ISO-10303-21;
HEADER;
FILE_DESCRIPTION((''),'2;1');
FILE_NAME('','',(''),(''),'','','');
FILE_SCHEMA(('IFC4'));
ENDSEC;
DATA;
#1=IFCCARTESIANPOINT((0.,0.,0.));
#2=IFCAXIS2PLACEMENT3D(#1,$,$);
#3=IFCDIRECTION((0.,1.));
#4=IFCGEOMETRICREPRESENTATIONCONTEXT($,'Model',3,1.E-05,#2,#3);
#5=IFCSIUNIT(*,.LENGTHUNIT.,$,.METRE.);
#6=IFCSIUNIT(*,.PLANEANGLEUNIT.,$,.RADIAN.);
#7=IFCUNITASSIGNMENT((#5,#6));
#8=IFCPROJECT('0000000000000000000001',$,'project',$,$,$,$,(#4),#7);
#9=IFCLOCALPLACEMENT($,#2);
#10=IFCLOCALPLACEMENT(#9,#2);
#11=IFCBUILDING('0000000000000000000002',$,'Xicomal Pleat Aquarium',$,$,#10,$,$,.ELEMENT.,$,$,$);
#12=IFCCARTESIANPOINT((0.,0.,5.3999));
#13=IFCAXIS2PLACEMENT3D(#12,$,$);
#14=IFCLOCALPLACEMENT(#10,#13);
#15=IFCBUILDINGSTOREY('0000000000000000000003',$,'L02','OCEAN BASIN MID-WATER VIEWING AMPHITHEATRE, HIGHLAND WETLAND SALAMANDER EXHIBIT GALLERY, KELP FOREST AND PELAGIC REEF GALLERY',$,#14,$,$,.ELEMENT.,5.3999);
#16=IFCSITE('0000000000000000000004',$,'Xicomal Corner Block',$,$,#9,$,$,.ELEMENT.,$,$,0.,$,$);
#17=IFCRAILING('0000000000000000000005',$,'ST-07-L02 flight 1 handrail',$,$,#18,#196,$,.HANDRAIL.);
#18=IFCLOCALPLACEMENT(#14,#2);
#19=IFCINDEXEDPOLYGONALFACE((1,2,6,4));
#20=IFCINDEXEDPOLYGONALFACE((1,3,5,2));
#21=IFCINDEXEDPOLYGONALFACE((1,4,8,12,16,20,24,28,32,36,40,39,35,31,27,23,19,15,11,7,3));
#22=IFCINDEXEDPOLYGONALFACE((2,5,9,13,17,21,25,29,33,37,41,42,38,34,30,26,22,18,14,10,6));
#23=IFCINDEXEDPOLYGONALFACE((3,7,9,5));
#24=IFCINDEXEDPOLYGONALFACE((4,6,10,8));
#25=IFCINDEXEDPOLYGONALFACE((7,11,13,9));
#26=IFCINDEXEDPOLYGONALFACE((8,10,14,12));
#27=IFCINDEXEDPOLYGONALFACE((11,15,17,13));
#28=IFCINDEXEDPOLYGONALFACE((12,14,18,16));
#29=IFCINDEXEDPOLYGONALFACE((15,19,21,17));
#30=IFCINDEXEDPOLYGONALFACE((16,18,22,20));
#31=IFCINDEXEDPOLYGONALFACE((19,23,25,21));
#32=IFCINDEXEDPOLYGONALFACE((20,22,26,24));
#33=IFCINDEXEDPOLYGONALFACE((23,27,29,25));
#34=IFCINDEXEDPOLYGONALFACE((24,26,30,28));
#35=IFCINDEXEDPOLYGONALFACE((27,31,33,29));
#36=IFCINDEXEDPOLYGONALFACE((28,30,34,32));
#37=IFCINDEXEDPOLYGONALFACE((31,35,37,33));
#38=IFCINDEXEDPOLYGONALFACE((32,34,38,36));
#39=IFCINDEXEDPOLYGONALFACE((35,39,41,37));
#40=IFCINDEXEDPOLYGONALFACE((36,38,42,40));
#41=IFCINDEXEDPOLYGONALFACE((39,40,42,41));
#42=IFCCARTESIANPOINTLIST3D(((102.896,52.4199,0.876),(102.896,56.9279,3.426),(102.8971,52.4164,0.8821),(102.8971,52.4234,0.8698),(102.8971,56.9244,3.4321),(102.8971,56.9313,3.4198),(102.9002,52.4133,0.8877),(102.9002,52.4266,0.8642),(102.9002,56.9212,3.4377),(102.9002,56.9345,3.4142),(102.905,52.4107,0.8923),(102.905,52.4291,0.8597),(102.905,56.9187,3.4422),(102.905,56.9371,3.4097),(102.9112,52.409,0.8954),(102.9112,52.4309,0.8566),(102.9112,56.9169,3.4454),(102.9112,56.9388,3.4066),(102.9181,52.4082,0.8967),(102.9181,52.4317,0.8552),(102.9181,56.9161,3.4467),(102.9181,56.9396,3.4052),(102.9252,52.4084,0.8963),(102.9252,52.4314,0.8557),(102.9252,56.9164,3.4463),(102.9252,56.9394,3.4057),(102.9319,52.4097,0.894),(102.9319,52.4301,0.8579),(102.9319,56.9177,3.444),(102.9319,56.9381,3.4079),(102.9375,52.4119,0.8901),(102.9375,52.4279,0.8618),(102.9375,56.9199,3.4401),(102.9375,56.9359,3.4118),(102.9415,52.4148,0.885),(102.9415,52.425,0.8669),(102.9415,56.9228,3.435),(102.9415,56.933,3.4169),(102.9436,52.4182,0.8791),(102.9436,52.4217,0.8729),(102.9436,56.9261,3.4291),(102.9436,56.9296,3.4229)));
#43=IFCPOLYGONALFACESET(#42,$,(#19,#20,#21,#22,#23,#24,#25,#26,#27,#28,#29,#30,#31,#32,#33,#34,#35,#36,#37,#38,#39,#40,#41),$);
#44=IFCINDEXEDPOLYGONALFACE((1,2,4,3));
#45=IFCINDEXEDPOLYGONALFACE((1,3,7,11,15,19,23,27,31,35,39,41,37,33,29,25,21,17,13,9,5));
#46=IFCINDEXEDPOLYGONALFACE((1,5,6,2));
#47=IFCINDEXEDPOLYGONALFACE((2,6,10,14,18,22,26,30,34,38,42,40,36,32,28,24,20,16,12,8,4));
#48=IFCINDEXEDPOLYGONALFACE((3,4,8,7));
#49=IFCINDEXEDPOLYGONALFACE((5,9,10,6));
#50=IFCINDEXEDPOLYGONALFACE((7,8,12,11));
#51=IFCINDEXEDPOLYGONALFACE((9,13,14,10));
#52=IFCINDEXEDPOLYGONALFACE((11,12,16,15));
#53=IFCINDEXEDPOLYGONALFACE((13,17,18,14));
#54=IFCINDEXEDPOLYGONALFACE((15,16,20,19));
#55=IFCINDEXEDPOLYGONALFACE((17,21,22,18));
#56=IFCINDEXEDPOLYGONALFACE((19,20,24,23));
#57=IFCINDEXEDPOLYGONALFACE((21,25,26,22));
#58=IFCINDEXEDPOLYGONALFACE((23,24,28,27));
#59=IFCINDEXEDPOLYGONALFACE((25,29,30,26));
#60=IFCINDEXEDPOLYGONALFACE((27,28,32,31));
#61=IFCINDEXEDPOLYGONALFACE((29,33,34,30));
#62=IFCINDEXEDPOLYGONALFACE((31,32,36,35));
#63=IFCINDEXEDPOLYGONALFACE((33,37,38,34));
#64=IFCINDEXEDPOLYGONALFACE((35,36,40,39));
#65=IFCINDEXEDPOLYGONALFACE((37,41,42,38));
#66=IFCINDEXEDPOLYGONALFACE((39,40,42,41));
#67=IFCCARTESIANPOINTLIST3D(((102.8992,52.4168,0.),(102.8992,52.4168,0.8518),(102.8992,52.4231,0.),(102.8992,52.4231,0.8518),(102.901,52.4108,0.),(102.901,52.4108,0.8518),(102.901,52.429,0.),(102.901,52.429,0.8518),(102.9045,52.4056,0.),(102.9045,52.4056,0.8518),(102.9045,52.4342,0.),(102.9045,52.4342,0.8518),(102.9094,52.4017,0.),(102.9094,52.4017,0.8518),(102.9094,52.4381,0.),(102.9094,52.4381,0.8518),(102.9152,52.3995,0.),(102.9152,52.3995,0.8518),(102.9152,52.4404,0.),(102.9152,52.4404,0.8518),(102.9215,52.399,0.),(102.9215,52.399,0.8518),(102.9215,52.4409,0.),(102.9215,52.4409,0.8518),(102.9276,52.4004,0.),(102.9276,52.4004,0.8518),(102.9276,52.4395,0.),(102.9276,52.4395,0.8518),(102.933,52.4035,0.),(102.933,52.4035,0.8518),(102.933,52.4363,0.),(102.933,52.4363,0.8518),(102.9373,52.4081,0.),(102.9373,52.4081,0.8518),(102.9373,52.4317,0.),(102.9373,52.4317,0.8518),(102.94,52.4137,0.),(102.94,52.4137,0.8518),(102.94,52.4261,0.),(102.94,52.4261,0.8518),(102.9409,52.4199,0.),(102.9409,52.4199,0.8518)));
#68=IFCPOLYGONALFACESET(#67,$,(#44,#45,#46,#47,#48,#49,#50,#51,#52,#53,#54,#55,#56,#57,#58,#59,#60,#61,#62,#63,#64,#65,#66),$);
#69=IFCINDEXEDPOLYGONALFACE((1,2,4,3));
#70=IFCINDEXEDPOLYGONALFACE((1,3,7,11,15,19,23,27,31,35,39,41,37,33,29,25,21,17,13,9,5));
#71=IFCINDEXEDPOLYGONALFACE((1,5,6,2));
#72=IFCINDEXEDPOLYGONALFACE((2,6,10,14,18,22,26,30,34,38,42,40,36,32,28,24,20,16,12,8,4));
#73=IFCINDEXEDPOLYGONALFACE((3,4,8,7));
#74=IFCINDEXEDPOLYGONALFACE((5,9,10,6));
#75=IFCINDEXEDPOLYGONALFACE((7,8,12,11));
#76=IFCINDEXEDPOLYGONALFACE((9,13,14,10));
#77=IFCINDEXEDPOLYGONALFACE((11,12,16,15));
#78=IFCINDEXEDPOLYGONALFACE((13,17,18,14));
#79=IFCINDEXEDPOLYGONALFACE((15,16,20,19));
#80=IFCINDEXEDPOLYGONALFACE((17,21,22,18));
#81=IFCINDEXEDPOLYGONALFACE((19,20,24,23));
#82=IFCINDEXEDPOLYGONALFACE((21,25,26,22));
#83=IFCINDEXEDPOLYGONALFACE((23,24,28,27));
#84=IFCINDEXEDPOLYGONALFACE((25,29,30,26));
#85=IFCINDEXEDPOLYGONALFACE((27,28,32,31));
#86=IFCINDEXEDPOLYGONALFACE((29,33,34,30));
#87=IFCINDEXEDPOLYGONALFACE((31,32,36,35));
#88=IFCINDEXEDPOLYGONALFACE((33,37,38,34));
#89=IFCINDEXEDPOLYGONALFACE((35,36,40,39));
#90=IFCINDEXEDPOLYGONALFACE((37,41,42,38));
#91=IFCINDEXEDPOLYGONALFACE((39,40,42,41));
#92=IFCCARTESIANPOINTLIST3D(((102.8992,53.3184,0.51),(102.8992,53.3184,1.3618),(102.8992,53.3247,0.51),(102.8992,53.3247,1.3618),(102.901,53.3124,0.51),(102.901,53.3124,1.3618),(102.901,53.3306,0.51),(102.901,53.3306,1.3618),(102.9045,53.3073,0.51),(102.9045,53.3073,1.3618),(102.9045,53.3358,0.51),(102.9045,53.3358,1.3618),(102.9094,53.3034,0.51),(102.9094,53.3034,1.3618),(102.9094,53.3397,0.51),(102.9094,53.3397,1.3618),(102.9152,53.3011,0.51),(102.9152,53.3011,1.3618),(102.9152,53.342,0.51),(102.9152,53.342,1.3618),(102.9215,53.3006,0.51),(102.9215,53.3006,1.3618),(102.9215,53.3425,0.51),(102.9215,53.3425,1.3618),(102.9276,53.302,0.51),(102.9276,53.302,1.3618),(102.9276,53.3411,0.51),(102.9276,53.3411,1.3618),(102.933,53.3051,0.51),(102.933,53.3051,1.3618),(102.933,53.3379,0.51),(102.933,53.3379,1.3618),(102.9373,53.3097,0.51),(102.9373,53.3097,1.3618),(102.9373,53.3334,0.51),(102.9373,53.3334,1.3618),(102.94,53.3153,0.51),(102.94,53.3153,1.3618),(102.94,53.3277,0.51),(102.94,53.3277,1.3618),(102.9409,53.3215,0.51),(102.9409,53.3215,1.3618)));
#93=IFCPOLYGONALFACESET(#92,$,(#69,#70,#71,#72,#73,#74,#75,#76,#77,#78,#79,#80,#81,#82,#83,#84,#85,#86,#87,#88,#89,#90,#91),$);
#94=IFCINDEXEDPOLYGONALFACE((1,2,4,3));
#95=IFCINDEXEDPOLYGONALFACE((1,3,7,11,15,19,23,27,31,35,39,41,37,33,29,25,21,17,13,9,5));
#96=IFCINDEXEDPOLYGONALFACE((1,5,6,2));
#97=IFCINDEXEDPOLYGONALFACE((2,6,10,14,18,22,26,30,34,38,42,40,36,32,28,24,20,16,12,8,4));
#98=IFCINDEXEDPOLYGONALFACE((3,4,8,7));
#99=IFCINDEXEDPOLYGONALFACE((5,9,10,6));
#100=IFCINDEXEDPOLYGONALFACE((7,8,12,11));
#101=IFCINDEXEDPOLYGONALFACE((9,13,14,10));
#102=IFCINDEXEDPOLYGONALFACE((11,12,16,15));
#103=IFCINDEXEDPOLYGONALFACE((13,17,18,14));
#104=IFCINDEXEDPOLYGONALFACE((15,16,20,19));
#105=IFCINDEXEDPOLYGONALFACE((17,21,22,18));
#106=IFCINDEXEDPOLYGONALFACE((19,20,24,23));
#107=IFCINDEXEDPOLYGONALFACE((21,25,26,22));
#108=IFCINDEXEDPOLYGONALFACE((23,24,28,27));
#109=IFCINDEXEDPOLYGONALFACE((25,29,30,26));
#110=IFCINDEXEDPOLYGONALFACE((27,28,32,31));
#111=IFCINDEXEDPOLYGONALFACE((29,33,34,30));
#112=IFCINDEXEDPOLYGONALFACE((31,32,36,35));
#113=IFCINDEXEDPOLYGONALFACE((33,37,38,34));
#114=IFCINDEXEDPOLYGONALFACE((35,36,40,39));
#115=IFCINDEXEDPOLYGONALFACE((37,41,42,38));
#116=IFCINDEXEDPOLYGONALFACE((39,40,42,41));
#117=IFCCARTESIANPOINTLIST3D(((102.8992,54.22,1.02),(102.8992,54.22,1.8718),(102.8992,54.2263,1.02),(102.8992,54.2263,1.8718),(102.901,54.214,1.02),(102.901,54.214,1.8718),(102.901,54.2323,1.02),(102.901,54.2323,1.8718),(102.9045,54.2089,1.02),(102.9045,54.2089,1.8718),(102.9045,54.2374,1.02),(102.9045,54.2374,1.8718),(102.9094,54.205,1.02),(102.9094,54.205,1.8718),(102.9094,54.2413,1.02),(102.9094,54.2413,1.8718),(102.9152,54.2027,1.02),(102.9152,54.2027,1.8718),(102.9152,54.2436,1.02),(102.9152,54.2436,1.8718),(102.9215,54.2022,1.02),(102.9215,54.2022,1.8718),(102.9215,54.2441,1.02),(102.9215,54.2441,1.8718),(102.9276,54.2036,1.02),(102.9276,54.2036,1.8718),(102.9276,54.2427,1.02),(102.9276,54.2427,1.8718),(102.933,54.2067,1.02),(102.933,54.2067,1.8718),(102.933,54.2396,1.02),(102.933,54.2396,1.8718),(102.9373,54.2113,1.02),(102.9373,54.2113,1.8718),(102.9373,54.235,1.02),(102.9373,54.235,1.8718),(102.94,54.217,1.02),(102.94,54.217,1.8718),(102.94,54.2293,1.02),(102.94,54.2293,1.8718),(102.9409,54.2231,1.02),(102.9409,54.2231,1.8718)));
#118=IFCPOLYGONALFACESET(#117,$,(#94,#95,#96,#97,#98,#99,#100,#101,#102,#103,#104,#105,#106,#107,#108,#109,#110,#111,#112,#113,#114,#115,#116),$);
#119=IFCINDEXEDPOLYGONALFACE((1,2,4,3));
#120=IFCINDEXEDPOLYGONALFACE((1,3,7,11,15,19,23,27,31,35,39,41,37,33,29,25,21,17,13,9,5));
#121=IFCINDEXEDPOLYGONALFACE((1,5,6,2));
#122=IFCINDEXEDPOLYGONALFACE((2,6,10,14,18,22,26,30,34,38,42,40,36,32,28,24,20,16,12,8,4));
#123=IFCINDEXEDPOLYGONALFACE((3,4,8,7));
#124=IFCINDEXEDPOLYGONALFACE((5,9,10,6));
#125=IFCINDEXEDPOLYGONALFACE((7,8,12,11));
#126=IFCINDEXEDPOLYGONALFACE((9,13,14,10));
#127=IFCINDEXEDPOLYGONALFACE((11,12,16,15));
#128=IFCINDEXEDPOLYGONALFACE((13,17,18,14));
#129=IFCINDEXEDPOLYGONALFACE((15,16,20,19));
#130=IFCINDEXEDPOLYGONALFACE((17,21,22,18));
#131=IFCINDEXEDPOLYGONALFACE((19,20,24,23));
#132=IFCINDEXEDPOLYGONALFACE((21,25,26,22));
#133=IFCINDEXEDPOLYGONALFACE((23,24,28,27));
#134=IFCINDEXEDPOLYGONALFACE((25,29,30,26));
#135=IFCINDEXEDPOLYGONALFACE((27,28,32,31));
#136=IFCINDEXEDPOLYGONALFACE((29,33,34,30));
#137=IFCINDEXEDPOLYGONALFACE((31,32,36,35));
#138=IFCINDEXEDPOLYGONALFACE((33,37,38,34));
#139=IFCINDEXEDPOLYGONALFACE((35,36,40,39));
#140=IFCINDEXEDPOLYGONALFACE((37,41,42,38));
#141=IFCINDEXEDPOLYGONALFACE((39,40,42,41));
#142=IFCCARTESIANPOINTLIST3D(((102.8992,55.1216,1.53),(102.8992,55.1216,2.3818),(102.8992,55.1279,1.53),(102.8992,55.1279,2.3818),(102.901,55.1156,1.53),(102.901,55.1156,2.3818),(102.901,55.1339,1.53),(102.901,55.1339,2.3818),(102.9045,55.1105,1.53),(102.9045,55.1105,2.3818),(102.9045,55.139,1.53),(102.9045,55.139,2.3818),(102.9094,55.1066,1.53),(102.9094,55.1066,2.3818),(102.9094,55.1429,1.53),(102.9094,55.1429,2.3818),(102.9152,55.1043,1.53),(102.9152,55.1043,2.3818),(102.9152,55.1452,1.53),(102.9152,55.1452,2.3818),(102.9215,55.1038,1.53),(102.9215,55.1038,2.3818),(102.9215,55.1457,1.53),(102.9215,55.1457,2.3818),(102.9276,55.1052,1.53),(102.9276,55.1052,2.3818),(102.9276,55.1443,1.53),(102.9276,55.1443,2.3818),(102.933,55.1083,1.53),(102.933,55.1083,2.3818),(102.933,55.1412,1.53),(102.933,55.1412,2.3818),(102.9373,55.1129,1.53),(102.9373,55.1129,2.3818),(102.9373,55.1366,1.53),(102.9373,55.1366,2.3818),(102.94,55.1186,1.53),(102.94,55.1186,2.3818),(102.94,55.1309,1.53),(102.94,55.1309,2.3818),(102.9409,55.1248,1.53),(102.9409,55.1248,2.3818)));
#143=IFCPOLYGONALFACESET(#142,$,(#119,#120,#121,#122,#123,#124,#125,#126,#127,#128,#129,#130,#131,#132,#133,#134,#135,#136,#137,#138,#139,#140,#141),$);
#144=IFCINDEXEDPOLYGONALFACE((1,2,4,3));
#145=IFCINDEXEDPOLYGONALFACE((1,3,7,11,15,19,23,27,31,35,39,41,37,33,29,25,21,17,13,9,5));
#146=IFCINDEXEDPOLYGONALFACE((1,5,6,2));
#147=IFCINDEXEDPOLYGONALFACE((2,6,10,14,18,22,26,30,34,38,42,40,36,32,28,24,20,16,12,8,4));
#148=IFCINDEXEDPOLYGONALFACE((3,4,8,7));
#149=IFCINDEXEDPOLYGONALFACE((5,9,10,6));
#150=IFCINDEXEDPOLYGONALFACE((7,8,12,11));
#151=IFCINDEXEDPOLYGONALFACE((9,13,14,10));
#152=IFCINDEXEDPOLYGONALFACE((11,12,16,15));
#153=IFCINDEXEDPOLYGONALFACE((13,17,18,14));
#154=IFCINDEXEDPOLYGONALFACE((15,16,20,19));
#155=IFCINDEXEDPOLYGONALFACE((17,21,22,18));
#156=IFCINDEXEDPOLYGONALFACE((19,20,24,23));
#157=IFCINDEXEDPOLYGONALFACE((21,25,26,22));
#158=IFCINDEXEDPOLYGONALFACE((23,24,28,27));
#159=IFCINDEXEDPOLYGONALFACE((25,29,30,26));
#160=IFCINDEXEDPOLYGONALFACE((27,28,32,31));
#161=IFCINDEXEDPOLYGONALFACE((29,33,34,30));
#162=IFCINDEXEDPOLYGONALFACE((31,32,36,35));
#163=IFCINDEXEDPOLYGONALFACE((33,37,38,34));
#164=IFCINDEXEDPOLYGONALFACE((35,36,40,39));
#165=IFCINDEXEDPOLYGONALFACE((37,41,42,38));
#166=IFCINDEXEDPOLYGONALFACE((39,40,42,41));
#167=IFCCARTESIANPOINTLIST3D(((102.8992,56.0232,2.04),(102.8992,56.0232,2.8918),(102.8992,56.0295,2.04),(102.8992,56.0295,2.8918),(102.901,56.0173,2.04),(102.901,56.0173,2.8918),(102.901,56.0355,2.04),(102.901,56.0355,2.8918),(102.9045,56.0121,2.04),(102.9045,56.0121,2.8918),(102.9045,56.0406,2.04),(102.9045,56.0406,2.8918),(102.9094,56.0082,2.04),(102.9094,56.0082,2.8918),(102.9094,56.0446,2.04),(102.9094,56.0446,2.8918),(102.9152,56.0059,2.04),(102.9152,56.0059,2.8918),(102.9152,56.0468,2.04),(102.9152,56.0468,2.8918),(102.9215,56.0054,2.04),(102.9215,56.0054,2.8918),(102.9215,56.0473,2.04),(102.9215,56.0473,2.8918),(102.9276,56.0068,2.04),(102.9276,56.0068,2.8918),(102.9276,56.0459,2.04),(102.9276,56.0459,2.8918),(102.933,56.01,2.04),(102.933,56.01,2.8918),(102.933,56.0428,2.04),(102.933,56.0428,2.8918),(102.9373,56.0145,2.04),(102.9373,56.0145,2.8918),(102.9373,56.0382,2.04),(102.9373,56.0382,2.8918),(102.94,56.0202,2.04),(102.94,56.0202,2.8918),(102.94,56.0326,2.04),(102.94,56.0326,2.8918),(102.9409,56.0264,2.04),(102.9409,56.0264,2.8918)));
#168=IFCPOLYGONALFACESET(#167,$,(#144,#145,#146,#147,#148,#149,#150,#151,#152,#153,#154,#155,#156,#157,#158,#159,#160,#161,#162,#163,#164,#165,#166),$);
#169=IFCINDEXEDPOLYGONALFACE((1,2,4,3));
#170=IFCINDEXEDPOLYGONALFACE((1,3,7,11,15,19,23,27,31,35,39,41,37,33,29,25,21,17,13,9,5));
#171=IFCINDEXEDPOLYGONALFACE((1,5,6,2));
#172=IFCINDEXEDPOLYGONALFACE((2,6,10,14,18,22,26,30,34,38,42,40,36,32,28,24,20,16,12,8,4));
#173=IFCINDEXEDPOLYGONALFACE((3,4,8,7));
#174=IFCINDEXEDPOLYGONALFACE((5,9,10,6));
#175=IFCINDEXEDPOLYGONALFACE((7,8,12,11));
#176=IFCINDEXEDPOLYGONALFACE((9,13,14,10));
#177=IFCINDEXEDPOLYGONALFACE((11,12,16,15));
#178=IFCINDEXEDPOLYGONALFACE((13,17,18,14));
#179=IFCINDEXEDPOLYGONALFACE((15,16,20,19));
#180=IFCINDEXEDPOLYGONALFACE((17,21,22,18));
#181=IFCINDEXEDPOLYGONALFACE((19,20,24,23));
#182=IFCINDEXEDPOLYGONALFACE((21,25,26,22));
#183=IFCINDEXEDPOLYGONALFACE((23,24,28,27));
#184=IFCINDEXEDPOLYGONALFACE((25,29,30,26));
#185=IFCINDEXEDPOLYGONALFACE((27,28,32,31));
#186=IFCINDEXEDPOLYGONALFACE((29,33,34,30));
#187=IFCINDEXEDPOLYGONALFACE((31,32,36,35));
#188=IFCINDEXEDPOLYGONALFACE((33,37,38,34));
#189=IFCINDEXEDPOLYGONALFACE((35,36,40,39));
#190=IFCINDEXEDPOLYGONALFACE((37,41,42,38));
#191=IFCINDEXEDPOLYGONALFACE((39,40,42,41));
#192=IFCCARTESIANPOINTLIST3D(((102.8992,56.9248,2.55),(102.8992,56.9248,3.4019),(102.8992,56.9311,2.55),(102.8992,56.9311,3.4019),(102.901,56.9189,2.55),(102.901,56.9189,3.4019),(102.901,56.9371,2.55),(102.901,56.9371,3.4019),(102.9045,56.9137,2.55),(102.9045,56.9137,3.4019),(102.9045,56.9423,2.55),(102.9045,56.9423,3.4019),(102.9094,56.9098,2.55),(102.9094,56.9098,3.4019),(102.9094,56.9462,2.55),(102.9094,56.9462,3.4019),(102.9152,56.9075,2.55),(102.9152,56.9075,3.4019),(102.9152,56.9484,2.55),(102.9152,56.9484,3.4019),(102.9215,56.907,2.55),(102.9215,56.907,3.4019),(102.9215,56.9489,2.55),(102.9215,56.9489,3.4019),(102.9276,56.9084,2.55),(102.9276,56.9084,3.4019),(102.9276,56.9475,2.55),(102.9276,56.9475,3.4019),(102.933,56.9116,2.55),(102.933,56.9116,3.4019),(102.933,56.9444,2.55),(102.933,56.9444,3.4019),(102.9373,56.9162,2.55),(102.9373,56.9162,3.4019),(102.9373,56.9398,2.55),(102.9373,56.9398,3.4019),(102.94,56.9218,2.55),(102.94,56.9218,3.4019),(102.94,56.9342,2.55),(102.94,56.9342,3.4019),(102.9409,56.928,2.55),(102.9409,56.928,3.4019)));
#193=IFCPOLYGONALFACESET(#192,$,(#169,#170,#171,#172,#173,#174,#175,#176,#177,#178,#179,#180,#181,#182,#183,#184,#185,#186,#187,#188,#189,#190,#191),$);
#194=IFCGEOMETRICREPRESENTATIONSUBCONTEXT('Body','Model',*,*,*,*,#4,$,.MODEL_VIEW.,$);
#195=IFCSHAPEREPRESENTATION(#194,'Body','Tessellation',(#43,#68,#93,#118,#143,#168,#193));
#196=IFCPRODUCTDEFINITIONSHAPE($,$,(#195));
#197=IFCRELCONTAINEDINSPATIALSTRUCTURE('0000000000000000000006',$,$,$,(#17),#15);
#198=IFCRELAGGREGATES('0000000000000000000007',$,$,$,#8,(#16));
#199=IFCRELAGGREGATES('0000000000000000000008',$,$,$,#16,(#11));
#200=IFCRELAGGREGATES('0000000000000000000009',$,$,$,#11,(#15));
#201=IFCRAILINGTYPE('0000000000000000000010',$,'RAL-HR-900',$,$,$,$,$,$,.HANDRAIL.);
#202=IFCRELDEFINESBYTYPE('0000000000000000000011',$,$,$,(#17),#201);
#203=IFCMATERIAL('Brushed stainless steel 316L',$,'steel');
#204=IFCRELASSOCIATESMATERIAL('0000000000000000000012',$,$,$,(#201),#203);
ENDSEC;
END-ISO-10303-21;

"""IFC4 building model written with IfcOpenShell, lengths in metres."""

from ifc_helpers import new_model, si_unit, direction, frame, origin, origin_2d, place, context, subcontext, project, spatial, circle, extrude, material, type_object, element, save


model = new_model("IFC4")

# Units and contexts
model_context = context("Model", 3, precision=1e-05, world=origin(), true_north=direction((0.0, 1.0)))
body_context = subcontext(model_context, "Body", "Model", "MODEL_VIEW")
ifc_project = project(units=[si_unit("LENGTHUNIT", "METRE"), si_unit("PLANEANGLEUNIT", "RADIAN")], contexts=[model_context])

# Site, building, storey
site_placement = place(None, origin())
site = spatial("IfcSite", under=ifc_project, at=site_placement, Name="Xicomal Corner Block", CompositionType="ELEMENT", RefElevation=0.0)
building_placement = place(site_placement, origin())
building = spatial("IfcBuilding", under=site, at=building_placement, Name="Xicomal Pleat Aquarium", CompositionType="ELEMENT")
storey_placement = place(building_placement, frame((0.0, 0.0, 5.3999)))
storey = spatial("IfcBuildingStorey", under=building, at=storey_placement, Name="L02", Description="OCEAN BASIN MID-WATER VIEWING AMPHITHEATRE, HIGHLAND WETLAND SALAMANDER EXHIBIT GALLERY, KELP FOREST AND PELAGIC REEF GALLERY", CompositionType="ELEMENT", Elevation=5.3999)

# Railing
ifc_material_1 = material(Name="Brushed stainless steel 316L", Category="steel")
railing_type_1 = type_object("IfcRailingType", Name="RAL-HR-900", PredefinedType="HANDRAIL", material=ifc_material_1)
railing_1_placement = place(storey_placement, frame((102.9199, 52.4199, 0.0)))
element("IfcRailing", 1, at=railing_1_placement, inside=storey, type_object=railing_type_1, Name="ST-07-L02 flight 1 handrail", PredefinedType="HANDRAIL", context=body_context, shape_type="SweptSolid", body=[
    extrude(circle(Radius=0.0239, at=origin_2d()), frame((0.0, 0.0, 0.876), z_axis=(0.0, 0.870396, 0.492352), x_axis=(-1.0, 0.0, 0.0)), (0.0, 0.0, 1.0), 5.1792),
    extrude(circle(Radius=0.021, at=origin_2d()), origin(), (0.0, 0.0, 1.0), 0.8518),
    extrude(circle(Radius=0.021, at=origin_2d()), frame((0.0, 0.9016, 0.51)), (0.0, 0.0, 1.0), 0.8518),
    extrude(circle(Radius=0.021, at=origin_2d()), frame((0.0, 1.8032, 1.02)), (0.0, 0.0, 1.0), 0.8518),
    extrude(circle(Radius=0.021, at=origin_2d()), frame((0.0, 2.7048, 1.53)), (0.0, 0.0, 1.0), 0.8518),
    extrude(circle(Radius=0.021, at=origin_2d()), frame((0.0, 3.6064, 2.04)), (0.0, 0.0, 1.0), 0.8518),
    extrude(circle(Radius=0.021, at=origin_2d()), frame((0.0, 4.5081, 2.55)), (0.0, 0.0, 1.0), 0.8518),
])

save(model, "model.ifc")
